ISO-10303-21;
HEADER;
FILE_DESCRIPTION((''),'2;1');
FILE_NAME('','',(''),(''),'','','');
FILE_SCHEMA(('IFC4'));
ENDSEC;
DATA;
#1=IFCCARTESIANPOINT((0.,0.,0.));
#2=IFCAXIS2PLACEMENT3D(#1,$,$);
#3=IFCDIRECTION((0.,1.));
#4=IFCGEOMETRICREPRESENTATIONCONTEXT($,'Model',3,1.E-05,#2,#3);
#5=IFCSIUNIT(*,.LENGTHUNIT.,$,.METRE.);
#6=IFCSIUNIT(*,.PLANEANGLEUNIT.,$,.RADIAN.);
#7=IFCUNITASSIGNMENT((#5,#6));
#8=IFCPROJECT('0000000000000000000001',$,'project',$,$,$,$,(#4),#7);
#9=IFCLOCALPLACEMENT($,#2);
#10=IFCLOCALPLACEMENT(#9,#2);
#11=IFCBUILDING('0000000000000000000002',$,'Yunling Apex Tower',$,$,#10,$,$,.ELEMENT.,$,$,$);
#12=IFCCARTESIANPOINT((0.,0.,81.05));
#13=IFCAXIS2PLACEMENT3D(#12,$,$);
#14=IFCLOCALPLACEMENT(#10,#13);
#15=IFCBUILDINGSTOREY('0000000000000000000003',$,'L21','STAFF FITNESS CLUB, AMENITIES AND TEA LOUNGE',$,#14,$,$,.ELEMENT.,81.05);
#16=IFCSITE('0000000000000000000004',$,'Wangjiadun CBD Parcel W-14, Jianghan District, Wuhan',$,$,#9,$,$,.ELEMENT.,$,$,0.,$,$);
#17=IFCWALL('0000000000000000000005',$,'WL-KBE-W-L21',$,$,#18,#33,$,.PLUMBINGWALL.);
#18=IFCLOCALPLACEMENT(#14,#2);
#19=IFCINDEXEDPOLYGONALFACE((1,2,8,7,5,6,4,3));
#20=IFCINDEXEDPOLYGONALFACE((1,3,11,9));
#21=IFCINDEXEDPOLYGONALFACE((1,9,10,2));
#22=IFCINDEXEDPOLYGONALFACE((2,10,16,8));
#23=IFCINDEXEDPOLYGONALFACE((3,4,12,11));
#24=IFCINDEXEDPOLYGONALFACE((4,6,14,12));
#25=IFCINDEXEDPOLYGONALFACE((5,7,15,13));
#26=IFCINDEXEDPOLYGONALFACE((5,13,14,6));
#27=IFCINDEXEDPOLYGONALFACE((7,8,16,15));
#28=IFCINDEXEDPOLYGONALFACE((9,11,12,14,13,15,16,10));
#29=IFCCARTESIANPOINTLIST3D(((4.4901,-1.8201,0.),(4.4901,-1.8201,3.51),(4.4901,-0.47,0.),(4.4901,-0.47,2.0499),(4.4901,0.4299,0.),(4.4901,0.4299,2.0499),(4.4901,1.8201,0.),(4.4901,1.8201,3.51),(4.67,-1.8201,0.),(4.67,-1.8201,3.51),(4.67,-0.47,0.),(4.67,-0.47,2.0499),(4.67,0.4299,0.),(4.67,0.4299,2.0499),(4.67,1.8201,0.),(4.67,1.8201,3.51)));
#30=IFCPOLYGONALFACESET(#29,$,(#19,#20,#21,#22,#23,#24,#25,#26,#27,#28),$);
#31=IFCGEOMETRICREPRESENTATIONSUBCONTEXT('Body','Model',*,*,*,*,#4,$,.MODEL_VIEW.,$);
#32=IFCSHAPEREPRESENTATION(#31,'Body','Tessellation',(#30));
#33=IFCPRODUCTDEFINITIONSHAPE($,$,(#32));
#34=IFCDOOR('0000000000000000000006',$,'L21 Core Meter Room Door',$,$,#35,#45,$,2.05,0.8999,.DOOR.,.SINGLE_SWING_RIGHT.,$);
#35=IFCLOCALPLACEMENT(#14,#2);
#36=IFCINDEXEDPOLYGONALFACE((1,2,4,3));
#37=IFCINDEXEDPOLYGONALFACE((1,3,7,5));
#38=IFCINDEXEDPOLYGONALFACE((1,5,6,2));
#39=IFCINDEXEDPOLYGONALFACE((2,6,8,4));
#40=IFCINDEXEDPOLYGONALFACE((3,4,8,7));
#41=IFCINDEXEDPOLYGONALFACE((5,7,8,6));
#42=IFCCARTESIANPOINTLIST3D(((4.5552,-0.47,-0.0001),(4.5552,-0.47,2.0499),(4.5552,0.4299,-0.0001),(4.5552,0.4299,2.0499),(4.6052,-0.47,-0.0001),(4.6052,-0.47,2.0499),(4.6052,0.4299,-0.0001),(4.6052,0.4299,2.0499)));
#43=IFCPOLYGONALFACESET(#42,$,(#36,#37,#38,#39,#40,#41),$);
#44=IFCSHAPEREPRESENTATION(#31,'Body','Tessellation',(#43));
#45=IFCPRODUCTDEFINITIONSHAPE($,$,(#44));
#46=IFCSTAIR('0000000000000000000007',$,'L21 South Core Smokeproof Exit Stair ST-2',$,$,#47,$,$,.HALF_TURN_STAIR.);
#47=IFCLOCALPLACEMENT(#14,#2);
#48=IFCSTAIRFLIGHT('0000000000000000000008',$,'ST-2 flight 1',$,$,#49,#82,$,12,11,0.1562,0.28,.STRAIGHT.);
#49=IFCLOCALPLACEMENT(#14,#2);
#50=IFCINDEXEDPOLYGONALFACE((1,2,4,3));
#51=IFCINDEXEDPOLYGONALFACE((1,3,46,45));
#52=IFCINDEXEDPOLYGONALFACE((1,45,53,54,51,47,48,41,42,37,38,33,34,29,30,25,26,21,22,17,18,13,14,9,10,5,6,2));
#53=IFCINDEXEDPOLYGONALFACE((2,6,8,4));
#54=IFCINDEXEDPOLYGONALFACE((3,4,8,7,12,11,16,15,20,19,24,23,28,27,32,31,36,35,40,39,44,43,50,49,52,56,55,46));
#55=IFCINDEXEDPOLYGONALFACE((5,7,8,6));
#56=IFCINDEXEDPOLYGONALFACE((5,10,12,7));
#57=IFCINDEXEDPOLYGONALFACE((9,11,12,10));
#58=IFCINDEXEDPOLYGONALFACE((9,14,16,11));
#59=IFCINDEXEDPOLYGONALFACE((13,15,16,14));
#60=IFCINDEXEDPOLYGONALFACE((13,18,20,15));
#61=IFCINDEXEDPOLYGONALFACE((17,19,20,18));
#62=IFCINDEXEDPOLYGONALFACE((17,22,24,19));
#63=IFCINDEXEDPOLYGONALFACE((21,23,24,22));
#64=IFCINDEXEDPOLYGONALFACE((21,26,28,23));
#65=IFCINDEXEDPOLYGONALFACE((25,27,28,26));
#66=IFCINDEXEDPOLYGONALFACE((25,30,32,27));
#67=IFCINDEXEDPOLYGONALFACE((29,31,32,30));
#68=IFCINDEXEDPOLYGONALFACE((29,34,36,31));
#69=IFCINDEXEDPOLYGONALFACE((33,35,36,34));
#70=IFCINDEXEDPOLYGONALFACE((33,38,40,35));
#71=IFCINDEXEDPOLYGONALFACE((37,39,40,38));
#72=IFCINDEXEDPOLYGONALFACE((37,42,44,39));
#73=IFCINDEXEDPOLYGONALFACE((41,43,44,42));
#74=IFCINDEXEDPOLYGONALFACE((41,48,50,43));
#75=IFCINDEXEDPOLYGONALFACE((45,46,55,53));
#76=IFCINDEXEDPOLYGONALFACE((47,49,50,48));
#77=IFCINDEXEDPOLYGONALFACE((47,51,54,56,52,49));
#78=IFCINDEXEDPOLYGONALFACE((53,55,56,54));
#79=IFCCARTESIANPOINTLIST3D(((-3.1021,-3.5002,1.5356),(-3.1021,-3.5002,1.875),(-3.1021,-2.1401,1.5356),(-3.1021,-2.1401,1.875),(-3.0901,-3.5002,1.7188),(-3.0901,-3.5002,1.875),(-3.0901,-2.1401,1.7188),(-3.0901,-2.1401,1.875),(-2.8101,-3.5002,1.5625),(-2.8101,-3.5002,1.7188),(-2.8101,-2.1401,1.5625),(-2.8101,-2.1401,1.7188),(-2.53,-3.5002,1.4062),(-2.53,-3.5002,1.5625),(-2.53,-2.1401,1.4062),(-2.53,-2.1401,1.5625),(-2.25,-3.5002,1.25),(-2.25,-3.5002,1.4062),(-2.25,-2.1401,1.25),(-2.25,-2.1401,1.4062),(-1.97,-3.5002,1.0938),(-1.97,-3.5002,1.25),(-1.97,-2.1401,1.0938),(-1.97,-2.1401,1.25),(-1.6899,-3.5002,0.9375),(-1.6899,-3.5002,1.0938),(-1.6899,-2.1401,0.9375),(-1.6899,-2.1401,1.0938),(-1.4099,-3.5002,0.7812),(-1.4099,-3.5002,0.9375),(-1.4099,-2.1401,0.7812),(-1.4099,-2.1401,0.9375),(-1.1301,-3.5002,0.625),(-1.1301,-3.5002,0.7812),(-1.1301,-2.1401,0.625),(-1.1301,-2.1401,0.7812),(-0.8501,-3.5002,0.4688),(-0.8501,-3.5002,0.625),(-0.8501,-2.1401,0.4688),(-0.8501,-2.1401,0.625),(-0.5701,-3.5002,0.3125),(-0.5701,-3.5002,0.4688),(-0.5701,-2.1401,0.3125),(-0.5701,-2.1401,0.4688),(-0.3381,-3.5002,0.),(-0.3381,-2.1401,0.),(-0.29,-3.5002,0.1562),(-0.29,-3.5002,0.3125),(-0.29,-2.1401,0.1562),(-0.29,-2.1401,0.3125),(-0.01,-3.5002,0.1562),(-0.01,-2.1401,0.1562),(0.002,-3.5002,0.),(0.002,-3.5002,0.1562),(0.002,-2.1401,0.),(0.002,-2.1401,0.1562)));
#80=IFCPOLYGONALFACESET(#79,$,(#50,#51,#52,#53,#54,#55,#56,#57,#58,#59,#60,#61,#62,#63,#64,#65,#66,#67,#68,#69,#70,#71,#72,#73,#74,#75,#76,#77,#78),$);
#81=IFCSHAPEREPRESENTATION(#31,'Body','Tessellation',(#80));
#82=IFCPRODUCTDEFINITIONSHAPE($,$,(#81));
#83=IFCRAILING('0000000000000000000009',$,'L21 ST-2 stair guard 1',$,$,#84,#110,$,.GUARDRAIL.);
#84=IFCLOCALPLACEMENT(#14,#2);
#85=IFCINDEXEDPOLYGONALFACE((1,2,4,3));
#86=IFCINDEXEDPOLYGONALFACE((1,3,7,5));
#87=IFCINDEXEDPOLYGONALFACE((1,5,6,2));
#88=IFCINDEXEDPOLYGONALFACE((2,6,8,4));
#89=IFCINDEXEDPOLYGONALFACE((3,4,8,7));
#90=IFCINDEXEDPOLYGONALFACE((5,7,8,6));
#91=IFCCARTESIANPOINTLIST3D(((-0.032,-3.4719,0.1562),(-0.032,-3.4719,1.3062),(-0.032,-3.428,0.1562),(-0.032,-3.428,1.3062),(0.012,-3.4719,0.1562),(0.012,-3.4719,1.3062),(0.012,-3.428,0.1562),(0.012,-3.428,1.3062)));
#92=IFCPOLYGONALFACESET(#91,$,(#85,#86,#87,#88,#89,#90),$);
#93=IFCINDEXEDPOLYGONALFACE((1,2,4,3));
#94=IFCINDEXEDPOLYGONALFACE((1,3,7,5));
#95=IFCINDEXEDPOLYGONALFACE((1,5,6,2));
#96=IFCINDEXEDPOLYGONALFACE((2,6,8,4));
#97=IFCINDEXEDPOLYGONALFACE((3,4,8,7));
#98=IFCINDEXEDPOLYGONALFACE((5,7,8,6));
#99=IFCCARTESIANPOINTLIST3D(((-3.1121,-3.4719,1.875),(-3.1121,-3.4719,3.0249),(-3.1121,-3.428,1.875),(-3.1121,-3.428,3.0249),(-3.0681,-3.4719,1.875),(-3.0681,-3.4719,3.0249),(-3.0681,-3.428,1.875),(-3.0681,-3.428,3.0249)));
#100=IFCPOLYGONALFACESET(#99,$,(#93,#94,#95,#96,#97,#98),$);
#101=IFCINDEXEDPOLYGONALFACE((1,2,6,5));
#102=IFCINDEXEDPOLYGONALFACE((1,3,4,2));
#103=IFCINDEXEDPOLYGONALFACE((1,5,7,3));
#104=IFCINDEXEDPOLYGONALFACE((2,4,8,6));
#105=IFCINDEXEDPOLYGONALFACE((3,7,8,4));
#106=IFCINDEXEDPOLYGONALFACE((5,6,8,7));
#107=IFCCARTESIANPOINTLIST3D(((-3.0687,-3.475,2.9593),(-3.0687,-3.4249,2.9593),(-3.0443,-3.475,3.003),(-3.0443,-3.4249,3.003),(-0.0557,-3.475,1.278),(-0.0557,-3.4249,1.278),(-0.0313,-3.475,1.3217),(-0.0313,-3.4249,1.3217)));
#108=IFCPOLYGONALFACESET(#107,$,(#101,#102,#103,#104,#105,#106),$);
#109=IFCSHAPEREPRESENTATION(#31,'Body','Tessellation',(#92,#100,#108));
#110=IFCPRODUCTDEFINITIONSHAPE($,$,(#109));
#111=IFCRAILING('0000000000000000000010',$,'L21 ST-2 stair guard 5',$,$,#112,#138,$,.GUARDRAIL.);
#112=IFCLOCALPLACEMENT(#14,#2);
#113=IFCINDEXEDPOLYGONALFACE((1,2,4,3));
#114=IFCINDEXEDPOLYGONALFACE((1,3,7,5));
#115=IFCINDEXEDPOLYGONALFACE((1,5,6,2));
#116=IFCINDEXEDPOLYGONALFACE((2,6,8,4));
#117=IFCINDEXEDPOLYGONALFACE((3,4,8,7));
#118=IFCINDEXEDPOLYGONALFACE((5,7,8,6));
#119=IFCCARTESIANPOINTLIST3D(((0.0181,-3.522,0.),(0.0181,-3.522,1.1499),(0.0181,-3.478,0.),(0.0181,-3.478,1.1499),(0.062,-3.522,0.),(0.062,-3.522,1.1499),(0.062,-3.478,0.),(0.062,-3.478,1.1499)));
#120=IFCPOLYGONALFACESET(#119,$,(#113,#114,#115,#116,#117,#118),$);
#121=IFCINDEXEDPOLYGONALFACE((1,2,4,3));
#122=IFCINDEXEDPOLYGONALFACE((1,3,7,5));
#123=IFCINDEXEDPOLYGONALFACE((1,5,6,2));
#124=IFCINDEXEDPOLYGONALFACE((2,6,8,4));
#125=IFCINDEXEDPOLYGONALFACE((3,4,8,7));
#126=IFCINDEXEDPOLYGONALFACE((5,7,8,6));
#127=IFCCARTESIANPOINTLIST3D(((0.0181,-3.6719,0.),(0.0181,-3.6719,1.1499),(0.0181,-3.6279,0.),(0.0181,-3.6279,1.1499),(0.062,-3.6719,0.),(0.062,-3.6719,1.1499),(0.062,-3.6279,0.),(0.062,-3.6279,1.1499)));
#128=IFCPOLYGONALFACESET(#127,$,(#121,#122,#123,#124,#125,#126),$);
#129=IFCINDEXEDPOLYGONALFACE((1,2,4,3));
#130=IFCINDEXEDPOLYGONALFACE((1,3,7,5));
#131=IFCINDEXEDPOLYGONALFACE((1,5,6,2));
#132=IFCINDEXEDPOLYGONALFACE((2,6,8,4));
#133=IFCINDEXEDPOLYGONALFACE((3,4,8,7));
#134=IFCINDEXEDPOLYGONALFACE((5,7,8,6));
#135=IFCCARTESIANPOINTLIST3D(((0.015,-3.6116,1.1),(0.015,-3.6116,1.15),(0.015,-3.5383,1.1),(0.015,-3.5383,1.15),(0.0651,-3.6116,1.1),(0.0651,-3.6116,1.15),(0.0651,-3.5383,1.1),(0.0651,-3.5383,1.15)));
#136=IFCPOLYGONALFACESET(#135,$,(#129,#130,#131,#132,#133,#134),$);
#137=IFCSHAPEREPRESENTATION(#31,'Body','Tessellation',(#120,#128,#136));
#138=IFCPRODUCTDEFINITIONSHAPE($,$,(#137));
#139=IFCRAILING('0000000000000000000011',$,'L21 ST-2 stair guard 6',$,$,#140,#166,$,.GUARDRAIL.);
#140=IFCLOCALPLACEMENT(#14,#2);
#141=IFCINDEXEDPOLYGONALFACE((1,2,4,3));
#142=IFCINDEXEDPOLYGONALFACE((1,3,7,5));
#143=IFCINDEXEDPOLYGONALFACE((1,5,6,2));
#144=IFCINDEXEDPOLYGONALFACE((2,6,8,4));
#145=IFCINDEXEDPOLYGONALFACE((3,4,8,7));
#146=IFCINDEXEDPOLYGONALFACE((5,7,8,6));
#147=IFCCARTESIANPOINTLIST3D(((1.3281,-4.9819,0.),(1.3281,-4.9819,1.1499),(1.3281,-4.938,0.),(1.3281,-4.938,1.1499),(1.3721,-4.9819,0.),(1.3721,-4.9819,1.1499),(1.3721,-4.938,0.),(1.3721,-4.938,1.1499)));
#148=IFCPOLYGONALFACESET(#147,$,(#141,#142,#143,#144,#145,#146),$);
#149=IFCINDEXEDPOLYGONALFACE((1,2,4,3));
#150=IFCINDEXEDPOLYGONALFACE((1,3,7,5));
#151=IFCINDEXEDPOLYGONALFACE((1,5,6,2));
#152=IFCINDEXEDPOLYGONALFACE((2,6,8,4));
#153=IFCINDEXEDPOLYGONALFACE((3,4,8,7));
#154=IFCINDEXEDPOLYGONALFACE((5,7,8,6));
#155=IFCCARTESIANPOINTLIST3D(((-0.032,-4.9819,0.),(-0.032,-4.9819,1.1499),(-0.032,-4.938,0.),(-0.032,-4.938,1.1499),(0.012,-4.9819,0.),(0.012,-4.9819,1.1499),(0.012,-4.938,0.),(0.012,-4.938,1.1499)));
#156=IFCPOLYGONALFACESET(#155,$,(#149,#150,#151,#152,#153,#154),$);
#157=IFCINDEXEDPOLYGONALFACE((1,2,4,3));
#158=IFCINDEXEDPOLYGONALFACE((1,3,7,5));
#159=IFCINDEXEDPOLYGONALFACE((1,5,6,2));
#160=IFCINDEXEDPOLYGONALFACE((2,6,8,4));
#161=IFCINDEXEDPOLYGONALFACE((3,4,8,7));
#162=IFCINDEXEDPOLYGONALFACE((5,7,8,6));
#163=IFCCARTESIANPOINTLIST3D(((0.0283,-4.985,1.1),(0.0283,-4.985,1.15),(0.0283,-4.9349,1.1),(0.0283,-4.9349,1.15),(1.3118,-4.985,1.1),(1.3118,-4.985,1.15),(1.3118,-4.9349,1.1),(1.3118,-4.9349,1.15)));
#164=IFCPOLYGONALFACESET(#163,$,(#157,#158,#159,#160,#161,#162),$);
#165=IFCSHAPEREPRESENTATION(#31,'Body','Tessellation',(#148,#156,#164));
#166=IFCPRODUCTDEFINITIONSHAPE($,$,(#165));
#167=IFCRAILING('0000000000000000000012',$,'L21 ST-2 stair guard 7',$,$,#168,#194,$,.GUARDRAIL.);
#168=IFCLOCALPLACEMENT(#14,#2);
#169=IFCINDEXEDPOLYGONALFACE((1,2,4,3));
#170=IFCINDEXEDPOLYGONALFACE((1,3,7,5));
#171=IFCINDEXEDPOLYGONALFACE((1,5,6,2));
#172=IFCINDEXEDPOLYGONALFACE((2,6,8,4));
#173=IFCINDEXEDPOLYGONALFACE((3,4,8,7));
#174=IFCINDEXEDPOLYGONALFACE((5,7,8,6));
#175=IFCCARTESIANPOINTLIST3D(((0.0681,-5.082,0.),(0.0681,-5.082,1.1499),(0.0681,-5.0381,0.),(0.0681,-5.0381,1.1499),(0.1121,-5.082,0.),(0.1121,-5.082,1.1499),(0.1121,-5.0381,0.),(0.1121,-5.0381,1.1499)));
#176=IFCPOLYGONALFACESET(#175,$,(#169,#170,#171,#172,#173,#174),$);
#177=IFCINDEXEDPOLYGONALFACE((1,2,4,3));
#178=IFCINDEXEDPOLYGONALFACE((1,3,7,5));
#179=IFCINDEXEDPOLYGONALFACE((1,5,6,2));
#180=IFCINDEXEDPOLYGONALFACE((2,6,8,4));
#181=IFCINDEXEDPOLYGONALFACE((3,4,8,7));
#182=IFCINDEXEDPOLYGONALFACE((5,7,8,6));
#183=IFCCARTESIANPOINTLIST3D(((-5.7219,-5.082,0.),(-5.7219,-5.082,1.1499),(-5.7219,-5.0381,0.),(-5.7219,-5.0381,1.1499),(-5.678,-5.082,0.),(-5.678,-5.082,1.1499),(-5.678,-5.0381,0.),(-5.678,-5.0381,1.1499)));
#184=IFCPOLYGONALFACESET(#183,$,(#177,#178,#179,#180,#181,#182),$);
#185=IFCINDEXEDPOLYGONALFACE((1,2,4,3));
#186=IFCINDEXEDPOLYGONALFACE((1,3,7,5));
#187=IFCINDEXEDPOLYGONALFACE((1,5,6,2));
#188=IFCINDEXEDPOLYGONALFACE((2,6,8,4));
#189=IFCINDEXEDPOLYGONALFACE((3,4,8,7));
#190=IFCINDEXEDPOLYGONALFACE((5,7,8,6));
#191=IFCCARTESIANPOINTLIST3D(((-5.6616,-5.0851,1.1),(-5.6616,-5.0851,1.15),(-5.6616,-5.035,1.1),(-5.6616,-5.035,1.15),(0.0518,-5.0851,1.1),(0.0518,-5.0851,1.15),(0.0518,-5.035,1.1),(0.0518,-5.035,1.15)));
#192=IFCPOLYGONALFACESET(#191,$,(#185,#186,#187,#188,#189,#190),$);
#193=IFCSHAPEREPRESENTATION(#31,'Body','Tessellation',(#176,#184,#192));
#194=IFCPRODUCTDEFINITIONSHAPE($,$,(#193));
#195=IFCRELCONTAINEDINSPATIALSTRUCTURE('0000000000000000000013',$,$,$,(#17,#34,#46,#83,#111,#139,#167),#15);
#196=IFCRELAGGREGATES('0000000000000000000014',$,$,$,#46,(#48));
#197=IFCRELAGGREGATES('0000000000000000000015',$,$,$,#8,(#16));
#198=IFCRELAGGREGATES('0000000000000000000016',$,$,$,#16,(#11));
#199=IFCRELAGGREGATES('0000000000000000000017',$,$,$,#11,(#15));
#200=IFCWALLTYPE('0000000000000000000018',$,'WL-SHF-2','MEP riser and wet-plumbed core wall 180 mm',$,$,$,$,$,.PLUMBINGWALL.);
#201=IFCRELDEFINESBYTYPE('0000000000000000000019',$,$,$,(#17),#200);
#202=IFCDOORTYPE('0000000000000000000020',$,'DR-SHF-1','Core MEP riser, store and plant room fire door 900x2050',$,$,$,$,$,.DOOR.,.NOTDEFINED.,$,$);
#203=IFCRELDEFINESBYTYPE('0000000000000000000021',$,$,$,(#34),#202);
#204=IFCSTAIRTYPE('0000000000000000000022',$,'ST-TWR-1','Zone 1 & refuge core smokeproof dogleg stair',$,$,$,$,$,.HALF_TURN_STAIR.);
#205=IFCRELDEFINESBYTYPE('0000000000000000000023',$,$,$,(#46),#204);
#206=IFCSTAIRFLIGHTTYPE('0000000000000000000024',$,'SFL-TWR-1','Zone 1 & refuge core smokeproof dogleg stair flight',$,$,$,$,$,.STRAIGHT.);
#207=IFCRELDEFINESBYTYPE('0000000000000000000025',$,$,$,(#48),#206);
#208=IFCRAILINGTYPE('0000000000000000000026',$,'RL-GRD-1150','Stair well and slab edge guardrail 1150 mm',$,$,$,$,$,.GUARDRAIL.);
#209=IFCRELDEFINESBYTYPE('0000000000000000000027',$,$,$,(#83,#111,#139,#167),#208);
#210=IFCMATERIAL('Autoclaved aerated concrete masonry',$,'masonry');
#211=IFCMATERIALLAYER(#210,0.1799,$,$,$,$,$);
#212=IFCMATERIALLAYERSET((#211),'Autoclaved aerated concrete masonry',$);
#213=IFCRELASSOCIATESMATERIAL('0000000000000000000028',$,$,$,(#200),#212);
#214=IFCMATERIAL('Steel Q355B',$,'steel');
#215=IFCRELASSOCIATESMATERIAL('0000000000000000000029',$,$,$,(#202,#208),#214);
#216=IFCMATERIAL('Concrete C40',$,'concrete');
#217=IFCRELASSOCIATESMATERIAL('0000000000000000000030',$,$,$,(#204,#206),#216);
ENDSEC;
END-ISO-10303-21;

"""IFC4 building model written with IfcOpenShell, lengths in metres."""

from ifc_helpers import new_model, si_unit, direction, frame, frame_2d, origin, origin_2d, place, context, subcontext, project, spatial, polyline, rectangle, outline, extrude, material, layer, layer_set, type_object, element, fill, aggregate, save


model = new_model("IFC4")

# Units and contexts
model_context = context("Model", 3, precision=1e-05, world=origin(), true_north=direction((0.0, 1.0)))
body_context = subcontext(model_context, "Body", "Model", "MODEL_VIEW")
ifc_project = project(units=[si_unit("LENGTHUNIT", "METRE"), si_unit("PLANEANGLEUNIT", "RADIAN")], contexts=[model_context])

# Site, building, storey
site_placement = place(None, origin())
site = spatial("IfcSite", under=ifc_project, at=site_placement, Name="Wangjiadun CBD Parcel W-14, Jianghan District, Wuhan", CompositionType="ELEMENT", RefElevation=0.0)
building_placement = place(site_placement, origin())
building = spatial("IfcBuilding", under=site, at=building_placement, Name="Yunling Apex Tower", CompositionType="ELEMENT")
storey_placement = place(building_placement, frame((0.0, 0.0, 81.05)))
storey = spatial("IfcBuildingStorey", under=building, at=storey_placement, Name="L21", Description="STAFF FITNESS CLUB, AMENITIES AND TEA LOUNGE", CompositionType="ELEMENT", Elevation=81.05)

# Shared definitions
ifc_material_1 = material(Name="Concrete C40", Category="concrete")

# Shared definitions
ifc_material_2 = material(Name="Autoclaved aerated concrete masonry", Category="masonry")
ifc_material_3 = material(Name="Steel Q355B", Category="steel")

# Shared definitions
ifc_layer_1 = layer(ifc_material_2, 0.1799)
ifc_layer_set_1 = layer_set([ifc_layer_1], Name="Autoclaved aerated concrete masonry")
wall_type_1 = type_object("IfcWallType", Name="WL-SHF-2", Description="MEP riser and wet-plumbed core wall 180 mm", PredefinedType="PLUMBINGWALL", material=ifc_layer_set_1)

# Wall, opening, door
wall_1_placement = place(storey_placement, frame((4.5801, -1.8201, 0.0), z_axis=(0.0, 0.0, 1.0), x_axis=(0.0, 1.0, 0.0)))
wall_1 = element("IfcWall", 1, at=wall_1_placement, inside=storey, type_object=wall_type_1, Name="WL-KBE-W-L21", PredefinedType="PLUMBINGWALL", context=body_context, shape_type="SweptSolid", body=[
    extrude(rectangle(XDim=3.6401, YDim=0.1799, at=frame_2d((1.8201, 0.0))), origin(), (0.0, 0.0, 1.0), 3.51),
])
opening_1_placement = place(wall_1_placement, frame((1.3501, 0.0, 0.0)))
opening_1 = element("IfcOpeningElement", 2, at=opening_1_placement, cuts=wall_1, PredefinedType="OPENING", context=body_context, shape_type="SweptSolid", body=[
    extrude(rectangle(XDim=0.8999, YDim=2.05, at=frame_2d((0.45, 1.0249))), frame((0.0, 0.1001, 0.0), z_axis=(0.0, -1.0, 0.0), x_axis=(1.0, 0.0, 0.0)), (0.0, 0.0, 1.0), 0.2),
])
door_type_1 = type_object("IfcDoorType", Name="DR-SHF-1", Description="Core MEP riser, store and plant room fire door 900x2050", OperationType="NOTDEFINED", PredefinedType="DOOR", material=ifc_material_3)
door_1_placement = place(opening_1_placement, origin())
door_1 = element("IfcDoor", 3, at=door_1_placement, inside=storey, type_object=door_type_1, Name="L21 Core Meter Room Door", OperationType="SINGLE_SWING_RIGHT", OverallHeight=2.05, OverallWidth=0.8999, PredefinedType="DOOR", context=body_context, shape_type="SweptSolid", body=[
    extrude(rectangle(XDim=0.8999, YDim=2.05, at=frame_2d((0.45, 1.0249))), frame((0.0, 0.0249, 0.0), z_axis=(0.0, -1.0, 0.0), x_axis=(1.0, 0.0, 0.0)), (0.0, 0.0, 1.0), 0.05),
])
fill(opening_1, door_1)

# Stair, stair flight
stair_type = type_object("IfcStairType", Name="ST-TWR-1", Description="Zone 1 & refuge core smokeproof dogleg stair", PredefinedType="HALF_TURN_STAIR", material=ifc_material_1)
stair_placement = place(storey_placement, origin())
stair = element("IfcStair", 4, at=stair_placement, inside=storey, type_object=stair_type, Name="L21 South Core Smokeproof Exit Stair ST-2", PredefinedType="HALF_TURN_STAIR")
stair_flight_type = type_object("IfcStairFlightType", Name="SFL-TWR-1", Description="Zone 1 & refuge core smokeproof dogleg stair flight", PredefinedType="STRAIGHT", material=ifc_material_1)
stair_flight_placement = place(storey_placement, frame((-0.01, -2.8201, 0.0), z_axis=(0.0, 0.0, 1.0), x_axis=(-1.0, 0.0, 0.0)))
stair_flight = element("IfcStairFlight", 5, at=stair_flight_placement, type_object=stair_flight_type, Name="ST-2 flight 1", NumberOfRisers=12, NumberOfTreads=11, PredefinedType="STRAIGHT", RiserHeight=0.1562, TreadLength=0.28, context=body_context, shape_type="SweptSolid", body=[
    extrude(outline(polyline([(-0.012, 0.0), (-0.012, 0.1562), (0.0, 0.1562), (0.28, 0.1562), (0.28, 0.3125), (0.5601, 0.3125), (0.5601, 0.4688), (0.8401, 0.4688), (0.8401, 0.625), (1.1201, 0.625), (1.1201, 0.7812), (1.3999, 0.7812), (1.3999, 0.9375), (1.6799, 0.9375), (1.6799, 1.0938), (1.96, 1.0938), (1.96, 1.25), (2.24, 1.25), (2.24, 1.4062), (2.52, 1.4062), (2.52, 1.5625), (2.8, 1.5625), (2.8, 1.7188), (3.0801, 1.7188), (3.0801, 1.875), (3.092, 1.875), (3.092, 1.5356), (0.3281, 0.0), (-0.012, 0.0)])), frame((0.0, 0.6802, 0.0), z_axis=(0.0, -1.0, 0.0), x_axis=(1.0, 0.0, 0.0)), (0.0, 0.0, 1.0), 1.3601),
])
aggregate(stair, [stair_flight])

# Railings
railing_type_1 = type_object("IfcRailingType", Name="RL-GRD-1150", Description="Stair well and slab edge guardrail 1150 mm", PredefinedType="GUARDRAIL", material=ifc_material_3)
railing_1_placement = place(storey_placement, frame((-0.01, -3.45, 0.1562)))
element("IfcRailing", 6, at=railing_1_placement, inside=storey, type_object=railing_type_1, Name="L21 ST-2 stair guard 1", PredefinedType="GUARDRAIL", context=body_context, shape_type="SweptSolid", body=[
    extrude(rectangle(XDim=0.0439, YDim=0.0439, at=origin_2d()), origin(), (0.0, 0.0, 1.0), 1.1499),
    extrude(rectangle(XDim=0.0439, YDim=0.0439, at=origin_2d()), frame((-3.0801, 0.0, 1.7188)), (0.0, 0.0, 1.0), 1.1499),
    extrude(rectangle(XDim=0.05, YDim=0.05, at=origin_2d()), frame((-0.0334, 0.0, 1.1436), z_axis=(-0.873242, 0.0, 0.487288), x_axis=(0.0, -1.0, 0.0)), (0.0, 0.0, 1.0), 3.4504),
])
railing_2_placement = place(storey_placement, frame((0.04, -3.5, 0.0)))
element("IfcRailing", 7, at=railing_2_placement, inside=storey, type_object=railing_type_1, Name="L21 ST-2 stair guard 5", PredefinedType="GUARDRAIL", context=body_context, shape_type="SweptSolid", body=[
    extrude(rectangle(XDim=0.0439, YDim=0.0439, at=origin_2d()), origin(), (0.0, 0.0, 1.0), 1.1499),
    extrude(rectangle(XDim=0.0439, YDim=0.0439, at=origin_2d()), frame((0.0, -0.1499, 0.0)), (0.0, 0.0, 1.0), 1.1499),
    extrude(rectangle(XDim=0.05, YDim=0.05, at=origin_2d()), frame((0.0, -0.0383, 1.125), z_axis=(0.0, -1.0, 0.0), x_axis=(1.0, 0.0, 0.0)), (0.0, 0.0, 1.0), 0.0732),
])
railing_3_placement = place(storey_placement, frame((1.3501, -4.96, 0.0)))
element("IfcRailing", 8, at=railing_3_placement, inside=storey, type_object=railing_type_1, Name="L21 ST-2 stair guard 6", PredefinedType="GUARDRAIL", context=body_context, shape_type="SweptSolid", body=[
    extrude(rectangle(XDim=0.0439, YDim=0.0439, at=origin_2d()), origin(), (0.0, 0.0, 1.0), 1.1499),
    extrude(rectangle(XDim=0.0439, YDim=0.0439, at=origin_2d()), frame((-1.3601, 0.0, 0.0)), (0.0, 0.0, 1.0), 1.1499),
    extrude(rectangle(XDim=0.05, YDim=0.05, at=origin_2d()), frame((-0.0383, 0.0, 1.125), z_axis=(-1.0, 0.0, 0.0), x_axis=(0.0, -1.0, 0.0)), (0.0, 0.0, 1.0), 1.2834),
])
railing_4_placement = place(storey_placement, frame((0.0901, -5.0601, 0.0)))
element("IfcRailing", 9, at=railing_4_placement, inside=storey, type_object=railing_type_1, Name="L21 ST-2 stair guard 7", PredefinedType="GUARDRAIL", context=body_context, shape_type="SweptSolid", body=[
    extrude(rectangle(XDim=0.0439, YDim=0.0439, at=origin_2d()), origin(), (0.0, 0.0, 1.0), 1.1499),
    extrude(rectangle(XDim=0.0439, YDim=0.0439, at=origin_2d()), frame((-5.79, 0.0, 0.0)), (0.0, 0.0, 1.0), 1.1499),
    extrude(rectangle(XDim=0.05, YDim=0.05, at=origin_2d()), frame((-0.0383, 0.0, 1.125), z_axis=(-1.0, 0.0, 0.0), x_axis=(0.0, -1.0, 0.0)), (0.0, 0.0, 1.0), 5.7134),
])

save(model, "model.ifc")
